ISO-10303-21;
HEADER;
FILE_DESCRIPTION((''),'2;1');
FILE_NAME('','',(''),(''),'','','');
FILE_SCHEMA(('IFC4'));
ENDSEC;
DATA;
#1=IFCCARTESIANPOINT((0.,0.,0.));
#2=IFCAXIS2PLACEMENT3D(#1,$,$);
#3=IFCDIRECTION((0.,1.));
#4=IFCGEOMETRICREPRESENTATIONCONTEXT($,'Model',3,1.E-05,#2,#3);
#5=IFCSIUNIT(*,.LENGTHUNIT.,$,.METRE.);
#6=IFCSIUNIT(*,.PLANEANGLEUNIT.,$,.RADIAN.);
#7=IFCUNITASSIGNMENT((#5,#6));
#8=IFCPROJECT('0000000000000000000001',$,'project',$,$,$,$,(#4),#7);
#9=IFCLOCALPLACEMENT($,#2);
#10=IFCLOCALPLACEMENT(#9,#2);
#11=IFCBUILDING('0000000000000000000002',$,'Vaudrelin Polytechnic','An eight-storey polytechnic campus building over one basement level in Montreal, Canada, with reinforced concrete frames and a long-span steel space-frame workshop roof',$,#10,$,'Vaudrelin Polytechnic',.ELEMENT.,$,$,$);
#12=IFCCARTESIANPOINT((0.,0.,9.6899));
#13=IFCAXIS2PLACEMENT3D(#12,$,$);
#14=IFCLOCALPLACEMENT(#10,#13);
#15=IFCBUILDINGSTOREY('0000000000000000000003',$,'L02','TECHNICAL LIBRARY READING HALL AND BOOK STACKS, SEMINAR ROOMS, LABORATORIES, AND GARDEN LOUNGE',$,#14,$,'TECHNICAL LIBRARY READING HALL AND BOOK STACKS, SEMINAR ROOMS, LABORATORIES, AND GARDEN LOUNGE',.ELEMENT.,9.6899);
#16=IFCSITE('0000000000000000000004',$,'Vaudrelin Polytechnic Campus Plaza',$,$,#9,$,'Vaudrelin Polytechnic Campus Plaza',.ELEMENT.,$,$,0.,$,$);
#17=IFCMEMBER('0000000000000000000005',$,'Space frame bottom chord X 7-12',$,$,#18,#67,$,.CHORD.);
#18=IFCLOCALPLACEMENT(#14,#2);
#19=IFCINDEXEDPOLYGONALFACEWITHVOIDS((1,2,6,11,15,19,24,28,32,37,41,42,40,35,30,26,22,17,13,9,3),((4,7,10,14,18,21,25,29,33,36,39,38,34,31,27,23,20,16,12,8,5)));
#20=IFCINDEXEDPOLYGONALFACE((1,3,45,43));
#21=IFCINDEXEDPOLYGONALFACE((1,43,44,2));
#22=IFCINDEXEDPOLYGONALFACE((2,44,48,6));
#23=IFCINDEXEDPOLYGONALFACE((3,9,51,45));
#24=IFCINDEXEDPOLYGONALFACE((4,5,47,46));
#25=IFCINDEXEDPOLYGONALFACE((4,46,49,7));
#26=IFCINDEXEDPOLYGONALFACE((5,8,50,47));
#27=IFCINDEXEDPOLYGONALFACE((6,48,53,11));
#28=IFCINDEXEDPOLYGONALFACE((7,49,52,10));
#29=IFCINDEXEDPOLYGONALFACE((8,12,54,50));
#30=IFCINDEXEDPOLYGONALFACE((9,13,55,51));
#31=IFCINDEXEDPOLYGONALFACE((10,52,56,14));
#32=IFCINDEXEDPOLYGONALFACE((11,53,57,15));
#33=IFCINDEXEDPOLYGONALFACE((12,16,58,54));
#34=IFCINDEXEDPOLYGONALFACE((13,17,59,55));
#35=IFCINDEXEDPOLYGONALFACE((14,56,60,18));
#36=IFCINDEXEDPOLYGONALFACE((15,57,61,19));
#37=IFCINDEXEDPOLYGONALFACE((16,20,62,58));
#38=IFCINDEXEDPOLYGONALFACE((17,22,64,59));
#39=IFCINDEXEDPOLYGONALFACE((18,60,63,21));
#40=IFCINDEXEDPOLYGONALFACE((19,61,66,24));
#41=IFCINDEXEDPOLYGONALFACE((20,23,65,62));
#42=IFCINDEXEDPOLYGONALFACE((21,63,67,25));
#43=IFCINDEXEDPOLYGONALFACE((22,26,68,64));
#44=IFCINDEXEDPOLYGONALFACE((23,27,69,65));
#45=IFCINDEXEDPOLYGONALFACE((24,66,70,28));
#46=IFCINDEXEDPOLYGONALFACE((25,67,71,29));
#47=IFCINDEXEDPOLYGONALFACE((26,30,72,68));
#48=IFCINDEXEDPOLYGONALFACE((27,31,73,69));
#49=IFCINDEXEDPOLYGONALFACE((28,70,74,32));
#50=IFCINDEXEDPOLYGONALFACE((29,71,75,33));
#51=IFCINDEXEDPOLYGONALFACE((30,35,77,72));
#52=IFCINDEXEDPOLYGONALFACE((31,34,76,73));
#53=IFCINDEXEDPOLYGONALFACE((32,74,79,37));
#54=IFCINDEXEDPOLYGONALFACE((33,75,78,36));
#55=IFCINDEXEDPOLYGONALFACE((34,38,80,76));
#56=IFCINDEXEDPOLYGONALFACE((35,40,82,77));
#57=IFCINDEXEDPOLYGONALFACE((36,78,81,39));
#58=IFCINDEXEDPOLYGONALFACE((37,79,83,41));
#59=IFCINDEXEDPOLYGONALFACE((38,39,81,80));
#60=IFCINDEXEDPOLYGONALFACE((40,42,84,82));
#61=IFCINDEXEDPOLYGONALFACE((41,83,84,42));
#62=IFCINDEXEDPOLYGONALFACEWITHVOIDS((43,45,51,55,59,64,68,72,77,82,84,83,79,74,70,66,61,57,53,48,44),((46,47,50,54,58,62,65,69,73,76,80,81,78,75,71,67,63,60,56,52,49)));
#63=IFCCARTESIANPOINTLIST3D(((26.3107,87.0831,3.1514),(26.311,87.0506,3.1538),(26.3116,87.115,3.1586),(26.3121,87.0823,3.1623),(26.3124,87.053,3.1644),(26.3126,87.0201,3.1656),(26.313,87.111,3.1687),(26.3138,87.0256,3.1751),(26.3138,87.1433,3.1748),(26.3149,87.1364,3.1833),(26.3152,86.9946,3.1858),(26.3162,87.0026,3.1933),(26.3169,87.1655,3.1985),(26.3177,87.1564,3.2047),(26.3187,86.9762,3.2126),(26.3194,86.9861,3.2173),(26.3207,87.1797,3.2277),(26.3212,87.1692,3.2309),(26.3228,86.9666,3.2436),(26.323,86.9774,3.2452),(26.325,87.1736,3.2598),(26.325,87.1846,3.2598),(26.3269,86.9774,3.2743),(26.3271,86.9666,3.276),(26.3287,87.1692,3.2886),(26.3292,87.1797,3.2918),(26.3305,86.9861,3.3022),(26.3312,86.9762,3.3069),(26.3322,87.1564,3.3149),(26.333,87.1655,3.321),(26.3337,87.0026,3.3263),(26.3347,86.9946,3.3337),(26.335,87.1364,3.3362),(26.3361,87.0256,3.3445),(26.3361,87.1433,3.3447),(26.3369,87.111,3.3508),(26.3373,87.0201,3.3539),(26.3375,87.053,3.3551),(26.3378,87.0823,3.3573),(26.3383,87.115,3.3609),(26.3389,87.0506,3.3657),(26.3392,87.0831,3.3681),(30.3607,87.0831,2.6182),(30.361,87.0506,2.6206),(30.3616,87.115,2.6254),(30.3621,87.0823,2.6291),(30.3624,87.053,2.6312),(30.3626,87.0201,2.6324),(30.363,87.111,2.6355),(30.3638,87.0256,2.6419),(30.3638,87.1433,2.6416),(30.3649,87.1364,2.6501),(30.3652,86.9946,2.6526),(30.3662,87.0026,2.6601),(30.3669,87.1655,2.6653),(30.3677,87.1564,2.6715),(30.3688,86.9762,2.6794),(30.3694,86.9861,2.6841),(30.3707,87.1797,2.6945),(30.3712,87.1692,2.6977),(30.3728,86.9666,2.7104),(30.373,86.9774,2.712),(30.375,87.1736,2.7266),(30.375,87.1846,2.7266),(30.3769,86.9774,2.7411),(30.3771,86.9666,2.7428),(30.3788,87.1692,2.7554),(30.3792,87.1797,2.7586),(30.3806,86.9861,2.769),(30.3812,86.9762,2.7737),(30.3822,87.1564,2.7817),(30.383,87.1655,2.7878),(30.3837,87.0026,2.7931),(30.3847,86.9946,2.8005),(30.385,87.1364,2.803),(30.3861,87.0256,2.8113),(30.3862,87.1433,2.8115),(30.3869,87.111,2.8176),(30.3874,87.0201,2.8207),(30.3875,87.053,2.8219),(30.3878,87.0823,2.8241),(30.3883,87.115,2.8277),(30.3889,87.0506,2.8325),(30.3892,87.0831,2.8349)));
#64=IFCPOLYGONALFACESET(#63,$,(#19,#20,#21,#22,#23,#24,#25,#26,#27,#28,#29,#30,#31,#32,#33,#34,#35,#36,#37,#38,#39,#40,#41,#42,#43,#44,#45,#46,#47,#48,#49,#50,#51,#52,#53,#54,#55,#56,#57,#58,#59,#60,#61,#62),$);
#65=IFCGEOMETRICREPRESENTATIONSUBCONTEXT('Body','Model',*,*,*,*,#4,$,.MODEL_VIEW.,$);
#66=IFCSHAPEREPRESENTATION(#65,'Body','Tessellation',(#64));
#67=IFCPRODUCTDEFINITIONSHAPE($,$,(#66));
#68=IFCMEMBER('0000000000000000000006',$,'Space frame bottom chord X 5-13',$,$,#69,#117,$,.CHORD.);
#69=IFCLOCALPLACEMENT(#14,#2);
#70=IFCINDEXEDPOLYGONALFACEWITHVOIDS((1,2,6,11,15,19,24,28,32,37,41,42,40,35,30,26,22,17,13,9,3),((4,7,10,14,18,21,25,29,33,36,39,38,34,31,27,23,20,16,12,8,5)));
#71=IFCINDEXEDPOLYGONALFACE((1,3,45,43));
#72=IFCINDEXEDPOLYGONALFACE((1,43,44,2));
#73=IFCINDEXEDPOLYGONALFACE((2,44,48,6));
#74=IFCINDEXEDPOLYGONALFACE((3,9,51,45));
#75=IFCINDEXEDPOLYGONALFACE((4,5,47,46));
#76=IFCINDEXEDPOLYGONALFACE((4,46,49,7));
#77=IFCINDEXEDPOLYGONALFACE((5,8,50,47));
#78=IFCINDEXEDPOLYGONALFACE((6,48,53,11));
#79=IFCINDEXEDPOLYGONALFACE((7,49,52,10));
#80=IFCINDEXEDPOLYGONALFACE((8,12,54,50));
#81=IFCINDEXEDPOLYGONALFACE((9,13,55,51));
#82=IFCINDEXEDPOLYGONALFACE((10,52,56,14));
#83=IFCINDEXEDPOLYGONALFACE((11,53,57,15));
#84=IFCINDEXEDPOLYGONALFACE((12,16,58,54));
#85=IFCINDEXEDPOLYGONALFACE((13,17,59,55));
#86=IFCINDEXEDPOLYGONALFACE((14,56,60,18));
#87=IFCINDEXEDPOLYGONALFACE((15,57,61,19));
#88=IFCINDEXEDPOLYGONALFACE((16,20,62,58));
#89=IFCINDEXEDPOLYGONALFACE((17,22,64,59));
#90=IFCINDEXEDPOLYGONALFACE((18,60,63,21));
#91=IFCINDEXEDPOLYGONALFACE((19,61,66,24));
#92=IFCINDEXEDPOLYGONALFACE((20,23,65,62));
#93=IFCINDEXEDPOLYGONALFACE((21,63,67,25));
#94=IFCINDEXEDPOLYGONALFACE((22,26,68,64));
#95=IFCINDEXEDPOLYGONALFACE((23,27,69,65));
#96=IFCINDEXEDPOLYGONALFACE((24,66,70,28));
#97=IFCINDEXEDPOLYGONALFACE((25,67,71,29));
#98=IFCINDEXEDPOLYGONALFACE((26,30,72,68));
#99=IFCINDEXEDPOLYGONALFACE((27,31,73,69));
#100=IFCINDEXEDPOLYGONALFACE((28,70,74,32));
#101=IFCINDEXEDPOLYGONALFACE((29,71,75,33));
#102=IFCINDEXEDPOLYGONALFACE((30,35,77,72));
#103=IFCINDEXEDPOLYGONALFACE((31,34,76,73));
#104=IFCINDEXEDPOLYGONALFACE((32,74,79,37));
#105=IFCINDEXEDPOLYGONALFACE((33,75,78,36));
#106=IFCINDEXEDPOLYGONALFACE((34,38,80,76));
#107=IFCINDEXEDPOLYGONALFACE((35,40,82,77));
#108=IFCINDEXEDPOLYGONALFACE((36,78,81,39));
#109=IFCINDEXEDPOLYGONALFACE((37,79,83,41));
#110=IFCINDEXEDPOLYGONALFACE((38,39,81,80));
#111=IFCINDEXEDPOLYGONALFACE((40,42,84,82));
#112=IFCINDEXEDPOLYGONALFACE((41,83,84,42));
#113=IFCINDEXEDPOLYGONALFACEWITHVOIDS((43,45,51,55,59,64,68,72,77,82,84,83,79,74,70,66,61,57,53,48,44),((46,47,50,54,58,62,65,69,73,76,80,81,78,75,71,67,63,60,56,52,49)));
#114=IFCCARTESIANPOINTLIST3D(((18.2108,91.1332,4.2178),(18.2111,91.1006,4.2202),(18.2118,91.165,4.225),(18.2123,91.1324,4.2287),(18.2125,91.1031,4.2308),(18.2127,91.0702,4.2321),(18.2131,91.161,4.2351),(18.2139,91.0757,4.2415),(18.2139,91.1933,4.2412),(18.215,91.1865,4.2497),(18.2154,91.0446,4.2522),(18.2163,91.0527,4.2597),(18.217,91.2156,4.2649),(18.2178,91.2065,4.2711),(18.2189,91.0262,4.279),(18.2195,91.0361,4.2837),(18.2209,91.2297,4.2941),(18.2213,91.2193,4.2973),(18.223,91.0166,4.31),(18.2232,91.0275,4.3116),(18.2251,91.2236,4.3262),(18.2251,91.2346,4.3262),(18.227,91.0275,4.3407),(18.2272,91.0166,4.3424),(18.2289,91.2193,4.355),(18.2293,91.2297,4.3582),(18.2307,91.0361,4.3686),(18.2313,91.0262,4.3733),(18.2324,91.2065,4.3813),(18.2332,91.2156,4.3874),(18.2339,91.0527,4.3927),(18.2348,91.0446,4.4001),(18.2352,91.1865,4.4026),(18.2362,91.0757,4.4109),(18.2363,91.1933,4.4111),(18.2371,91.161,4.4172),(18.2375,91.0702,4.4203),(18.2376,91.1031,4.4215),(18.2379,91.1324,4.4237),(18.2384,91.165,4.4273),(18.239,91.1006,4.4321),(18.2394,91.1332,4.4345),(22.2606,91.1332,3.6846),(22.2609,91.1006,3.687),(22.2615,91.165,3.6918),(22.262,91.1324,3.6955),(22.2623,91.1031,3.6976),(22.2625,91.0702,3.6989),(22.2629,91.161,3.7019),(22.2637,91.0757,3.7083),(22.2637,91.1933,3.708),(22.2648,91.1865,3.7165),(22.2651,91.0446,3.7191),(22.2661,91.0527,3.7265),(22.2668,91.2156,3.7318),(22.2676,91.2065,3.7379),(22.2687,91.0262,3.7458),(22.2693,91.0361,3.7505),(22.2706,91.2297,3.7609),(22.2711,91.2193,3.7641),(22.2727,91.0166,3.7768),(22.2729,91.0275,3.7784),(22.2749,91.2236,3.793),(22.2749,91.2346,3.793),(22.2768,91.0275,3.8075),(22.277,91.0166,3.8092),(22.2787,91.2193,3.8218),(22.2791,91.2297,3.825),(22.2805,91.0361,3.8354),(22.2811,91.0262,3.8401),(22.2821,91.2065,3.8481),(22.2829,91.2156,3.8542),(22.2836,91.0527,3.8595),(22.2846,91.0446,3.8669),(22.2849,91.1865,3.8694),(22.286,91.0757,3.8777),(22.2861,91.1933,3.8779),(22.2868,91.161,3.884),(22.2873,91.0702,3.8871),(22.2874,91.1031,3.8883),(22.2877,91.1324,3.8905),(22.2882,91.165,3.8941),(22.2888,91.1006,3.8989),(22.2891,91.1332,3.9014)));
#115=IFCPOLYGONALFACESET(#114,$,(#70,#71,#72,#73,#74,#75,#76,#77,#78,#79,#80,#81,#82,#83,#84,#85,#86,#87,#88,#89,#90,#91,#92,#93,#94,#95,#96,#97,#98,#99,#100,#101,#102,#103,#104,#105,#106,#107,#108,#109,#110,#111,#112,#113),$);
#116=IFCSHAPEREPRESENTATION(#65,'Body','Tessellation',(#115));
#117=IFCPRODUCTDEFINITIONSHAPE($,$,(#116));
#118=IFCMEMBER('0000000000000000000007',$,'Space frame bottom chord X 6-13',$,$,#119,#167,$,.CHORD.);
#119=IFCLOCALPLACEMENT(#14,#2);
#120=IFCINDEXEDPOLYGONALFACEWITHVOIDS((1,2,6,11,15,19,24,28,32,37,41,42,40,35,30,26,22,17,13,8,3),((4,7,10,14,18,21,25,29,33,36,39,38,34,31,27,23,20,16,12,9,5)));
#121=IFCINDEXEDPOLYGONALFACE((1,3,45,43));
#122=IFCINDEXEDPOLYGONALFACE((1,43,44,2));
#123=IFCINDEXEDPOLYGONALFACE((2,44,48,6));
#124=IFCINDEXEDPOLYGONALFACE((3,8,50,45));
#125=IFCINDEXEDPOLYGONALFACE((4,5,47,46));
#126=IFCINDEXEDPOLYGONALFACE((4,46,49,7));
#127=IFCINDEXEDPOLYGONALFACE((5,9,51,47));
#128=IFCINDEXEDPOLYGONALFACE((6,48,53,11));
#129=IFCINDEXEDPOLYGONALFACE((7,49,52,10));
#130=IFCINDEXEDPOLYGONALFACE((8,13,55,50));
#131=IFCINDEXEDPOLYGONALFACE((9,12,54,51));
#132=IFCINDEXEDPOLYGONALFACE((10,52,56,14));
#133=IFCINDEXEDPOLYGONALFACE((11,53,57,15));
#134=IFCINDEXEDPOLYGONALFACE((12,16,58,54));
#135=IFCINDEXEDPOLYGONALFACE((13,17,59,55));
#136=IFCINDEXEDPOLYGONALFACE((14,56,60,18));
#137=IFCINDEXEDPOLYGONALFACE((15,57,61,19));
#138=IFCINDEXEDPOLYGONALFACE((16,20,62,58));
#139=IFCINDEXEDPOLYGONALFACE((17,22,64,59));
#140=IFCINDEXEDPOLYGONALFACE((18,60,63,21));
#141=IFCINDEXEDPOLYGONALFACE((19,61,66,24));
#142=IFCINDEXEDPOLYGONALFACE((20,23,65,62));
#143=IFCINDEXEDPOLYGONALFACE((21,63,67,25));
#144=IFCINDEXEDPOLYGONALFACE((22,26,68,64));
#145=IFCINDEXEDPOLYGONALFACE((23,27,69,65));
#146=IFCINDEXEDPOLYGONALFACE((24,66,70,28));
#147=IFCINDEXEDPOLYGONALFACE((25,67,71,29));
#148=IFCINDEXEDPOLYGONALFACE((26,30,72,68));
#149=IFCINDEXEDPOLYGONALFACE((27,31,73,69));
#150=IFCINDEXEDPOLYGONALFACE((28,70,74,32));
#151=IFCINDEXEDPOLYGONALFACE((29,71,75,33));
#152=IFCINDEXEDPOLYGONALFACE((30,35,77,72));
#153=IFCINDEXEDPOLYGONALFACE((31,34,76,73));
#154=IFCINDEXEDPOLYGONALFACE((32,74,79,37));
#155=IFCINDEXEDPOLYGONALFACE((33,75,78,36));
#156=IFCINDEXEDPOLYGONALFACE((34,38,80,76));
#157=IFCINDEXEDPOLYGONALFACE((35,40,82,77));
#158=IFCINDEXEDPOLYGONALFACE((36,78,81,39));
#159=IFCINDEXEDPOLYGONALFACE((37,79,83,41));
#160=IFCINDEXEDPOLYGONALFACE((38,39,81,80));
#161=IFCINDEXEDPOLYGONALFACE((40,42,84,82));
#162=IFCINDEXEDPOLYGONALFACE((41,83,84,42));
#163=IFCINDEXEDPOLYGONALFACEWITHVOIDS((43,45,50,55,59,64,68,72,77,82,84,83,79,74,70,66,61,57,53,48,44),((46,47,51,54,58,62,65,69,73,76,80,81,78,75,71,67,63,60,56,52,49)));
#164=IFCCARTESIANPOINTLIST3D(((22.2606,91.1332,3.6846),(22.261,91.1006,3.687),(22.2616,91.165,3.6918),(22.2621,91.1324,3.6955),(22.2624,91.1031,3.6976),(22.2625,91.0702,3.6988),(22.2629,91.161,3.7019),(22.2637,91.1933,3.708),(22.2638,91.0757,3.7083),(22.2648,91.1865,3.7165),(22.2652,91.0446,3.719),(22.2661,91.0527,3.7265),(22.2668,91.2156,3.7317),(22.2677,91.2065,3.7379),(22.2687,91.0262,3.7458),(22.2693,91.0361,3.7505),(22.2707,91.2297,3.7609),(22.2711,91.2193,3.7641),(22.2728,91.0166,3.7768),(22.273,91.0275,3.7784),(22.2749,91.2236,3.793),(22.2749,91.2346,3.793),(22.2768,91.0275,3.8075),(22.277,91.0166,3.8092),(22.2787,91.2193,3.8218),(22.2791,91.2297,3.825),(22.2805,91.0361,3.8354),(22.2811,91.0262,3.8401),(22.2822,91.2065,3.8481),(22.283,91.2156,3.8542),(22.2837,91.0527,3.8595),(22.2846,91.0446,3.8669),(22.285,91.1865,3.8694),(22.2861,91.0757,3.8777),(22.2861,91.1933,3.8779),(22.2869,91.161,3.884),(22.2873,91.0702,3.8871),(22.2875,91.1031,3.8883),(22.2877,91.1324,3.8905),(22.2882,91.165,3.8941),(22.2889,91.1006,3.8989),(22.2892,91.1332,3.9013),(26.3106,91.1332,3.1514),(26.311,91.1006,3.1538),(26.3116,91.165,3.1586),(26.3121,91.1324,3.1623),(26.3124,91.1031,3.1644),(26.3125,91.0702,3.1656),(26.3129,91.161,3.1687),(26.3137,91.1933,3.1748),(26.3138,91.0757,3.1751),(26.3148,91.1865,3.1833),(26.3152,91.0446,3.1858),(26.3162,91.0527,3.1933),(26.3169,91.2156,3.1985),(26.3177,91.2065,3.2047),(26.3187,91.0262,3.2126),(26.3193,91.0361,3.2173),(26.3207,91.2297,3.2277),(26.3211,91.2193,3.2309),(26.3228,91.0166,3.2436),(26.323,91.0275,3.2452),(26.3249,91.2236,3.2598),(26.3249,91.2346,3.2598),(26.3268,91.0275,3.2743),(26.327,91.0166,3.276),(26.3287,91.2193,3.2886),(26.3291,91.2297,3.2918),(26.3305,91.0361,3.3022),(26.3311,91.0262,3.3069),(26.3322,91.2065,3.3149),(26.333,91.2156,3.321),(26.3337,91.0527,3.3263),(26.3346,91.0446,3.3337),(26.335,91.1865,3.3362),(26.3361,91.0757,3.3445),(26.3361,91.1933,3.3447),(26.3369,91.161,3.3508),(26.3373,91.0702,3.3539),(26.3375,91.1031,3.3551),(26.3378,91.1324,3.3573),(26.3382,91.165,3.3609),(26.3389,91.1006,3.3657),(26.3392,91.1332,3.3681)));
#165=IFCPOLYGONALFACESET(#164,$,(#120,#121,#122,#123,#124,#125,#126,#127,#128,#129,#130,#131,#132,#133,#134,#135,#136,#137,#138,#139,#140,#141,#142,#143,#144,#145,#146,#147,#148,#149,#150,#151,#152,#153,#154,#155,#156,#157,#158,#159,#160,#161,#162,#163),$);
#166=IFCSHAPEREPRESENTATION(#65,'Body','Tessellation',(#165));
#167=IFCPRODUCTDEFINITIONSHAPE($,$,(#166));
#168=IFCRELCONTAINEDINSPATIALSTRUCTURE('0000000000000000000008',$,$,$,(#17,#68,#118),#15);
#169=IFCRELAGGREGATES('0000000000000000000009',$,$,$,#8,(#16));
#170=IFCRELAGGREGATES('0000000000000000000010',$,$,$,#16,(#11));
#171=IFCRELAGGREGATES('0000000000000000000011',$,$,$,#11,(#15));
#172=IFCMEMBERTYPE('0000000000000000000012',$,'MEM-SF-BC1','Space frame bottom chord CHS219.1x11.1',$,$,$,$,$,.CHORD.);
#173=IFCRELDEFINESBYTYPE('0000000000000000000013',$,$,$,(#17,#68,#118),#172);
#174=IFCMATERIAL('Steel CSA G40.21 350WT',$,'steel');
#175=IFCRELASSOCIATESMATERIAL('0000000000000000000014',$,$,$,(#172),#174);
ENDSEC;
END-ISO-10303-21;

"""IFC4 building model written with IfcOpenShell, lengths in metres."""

from ifc_helpers import new_model, si_unit, direction, frame, origin, origin_2d, place, context, subcontext, project, spatial, hollow_circle, extrude, material, material_profile, profile_set, type_object, element, save


model = new_model("IFC4")

# Units and contexts
model_context = context("Model", 3, precision=1e-05, world=origin(), true_north=direction((0.0, 1.0)))
body_context = subcontext(model_context, "Body", "Model", "MODEL_VIEW")
ifc_project = project(units=[si_unit("LENGTHUNIT", "METRE"), si_unit("PLANEANGLEUNIT", "RADIAN")], contexts=[model_context])

# Site, building, storey
site_placement = place(None, origin())
site = spatial("IfcSite", under=ifc_project, at=site_placement, Name="Vaudrelin Polytechnic Campus Plaza", LongName="Vaudrelin Polytechnic Campus Plaza", CompositionType="ELEMENT", RefElevation=0.0)
building_placement = place(site_placement, origin())
building = spatial("IfcBuilding", under=site, at=building_placement, Name="Vaudrelin Polytechnic", Description="An eight-storey polytechnic campus building over one basement level in Montreal, Canada, with reinforced concrete frames and a long-span steel space-frame workshop roof", LongName="Vaudrelin Polytechnic", CompositionType="ELEMENT")
storey_placement = place(building_placement, frame((0.0, 0.0, 9.6899)))
storey = spatial("IfcBuildingStorey", under=building, at=storey_placement, Name="L02", Description="TECHNICAL LIBRARY READING HALL AND BOOK STACKS, SEMINAR ROOMS, LABORATORIES, AND GARDEN LOUNGE", LongName="TECHNICAL LIBRARY READING HALL AND BOOK STACKS, SEMINAR ROOMS, LABORATORIES, AND GARDEN LOUNGE", CompositionType="ELEMENT", Elevation=9.6899)

# Shared definitions
ifc_material_1 = material(Name="Steel CSA G40.21 350WT", Category="steel")

# Members
ifc_material_profile_1 = material_profile(ifc_material_1, hollow_circle(Radius=0.1096, WallThickness=0.011, at=origin_2d()), Name="CHS219.1x11.1")
ifc_profile_set_1 = profile_set([ifc_material_profile_1], Name="Steel CSA G40.21 350WT")
member_type_1 = type_object("IfcMemberType", Name="MEM-SF-BC1", Description="Space frame bottom chord CHS219.1x11.1", PredefinedType="CHORD", material=ifc_profile_set_1)
for number, where, z_axis, x_axis, name in (
    (1, (26.325, 87.075, 3.2598), (0.991445, 0.0, -0.130527), (0.0, 1.0, 0.0), "Space frame bottom chord X 7-12"),
):
    element("IfcMember", number, at=place(storey_placement, frame(where, z_axis=z_axis, x_axis=x_axis)), inside=storey, type_object=member_type_1, Name=name, PredefinedType="CHORD", context=body_context, shape_type="SweptSolid", body=[
        extrude(hollow_circle(Radius=0.1096, WallThickness=0.011, at=origin_2d()), origin(), (0.0, 0.0, 1.0), 4.085),
    ])
member_1_placement = place(storey_placement, frame((18.2251, 91.125, 4.3262), z_axis=(0.991444, 0.0, -0.130535), x_axis=(0.0, 1.0, 0.0)))
element("IfcMember", 2, at=member_1_placement, inside=storey, type_object=member_type_1, Name="Space frame bottom chord X 5-13", PredefinedType="CHORD", context=body_context, shape_type="SweptSolid", body=[
    extrude(hollow_circle(Radius=0.1096, WallThickness=0.011, at=origin_2d()), origin(), (0.0, 0.0, 1.0), 4.0847),
])
for number, where, z_axis, x_axis, name in (
    (3, (22.2749, 91.125, 3.793), (0.991445, 0.0, -0.130527), (0.0, 1.0, 0.0), "Space frame bottom chord X 6-13"),
):
    element("IfcMember", number, at=place(storey_placement, frame(where, z_axis=z_axis, x_axis=x_axis)), inside=storey, type_object=member_type_1, Name=name, PredefinedType="CHORD", context=body_context, shape_type="SweptSolid", body=[
        extrude(hollow_circle(Radius=0.1096, WallThickness=0.011, at=origin_2d()), origin(), (0.0, 0.0, 1.0), 4.085),
    ])

save(model, "model.ifc")
